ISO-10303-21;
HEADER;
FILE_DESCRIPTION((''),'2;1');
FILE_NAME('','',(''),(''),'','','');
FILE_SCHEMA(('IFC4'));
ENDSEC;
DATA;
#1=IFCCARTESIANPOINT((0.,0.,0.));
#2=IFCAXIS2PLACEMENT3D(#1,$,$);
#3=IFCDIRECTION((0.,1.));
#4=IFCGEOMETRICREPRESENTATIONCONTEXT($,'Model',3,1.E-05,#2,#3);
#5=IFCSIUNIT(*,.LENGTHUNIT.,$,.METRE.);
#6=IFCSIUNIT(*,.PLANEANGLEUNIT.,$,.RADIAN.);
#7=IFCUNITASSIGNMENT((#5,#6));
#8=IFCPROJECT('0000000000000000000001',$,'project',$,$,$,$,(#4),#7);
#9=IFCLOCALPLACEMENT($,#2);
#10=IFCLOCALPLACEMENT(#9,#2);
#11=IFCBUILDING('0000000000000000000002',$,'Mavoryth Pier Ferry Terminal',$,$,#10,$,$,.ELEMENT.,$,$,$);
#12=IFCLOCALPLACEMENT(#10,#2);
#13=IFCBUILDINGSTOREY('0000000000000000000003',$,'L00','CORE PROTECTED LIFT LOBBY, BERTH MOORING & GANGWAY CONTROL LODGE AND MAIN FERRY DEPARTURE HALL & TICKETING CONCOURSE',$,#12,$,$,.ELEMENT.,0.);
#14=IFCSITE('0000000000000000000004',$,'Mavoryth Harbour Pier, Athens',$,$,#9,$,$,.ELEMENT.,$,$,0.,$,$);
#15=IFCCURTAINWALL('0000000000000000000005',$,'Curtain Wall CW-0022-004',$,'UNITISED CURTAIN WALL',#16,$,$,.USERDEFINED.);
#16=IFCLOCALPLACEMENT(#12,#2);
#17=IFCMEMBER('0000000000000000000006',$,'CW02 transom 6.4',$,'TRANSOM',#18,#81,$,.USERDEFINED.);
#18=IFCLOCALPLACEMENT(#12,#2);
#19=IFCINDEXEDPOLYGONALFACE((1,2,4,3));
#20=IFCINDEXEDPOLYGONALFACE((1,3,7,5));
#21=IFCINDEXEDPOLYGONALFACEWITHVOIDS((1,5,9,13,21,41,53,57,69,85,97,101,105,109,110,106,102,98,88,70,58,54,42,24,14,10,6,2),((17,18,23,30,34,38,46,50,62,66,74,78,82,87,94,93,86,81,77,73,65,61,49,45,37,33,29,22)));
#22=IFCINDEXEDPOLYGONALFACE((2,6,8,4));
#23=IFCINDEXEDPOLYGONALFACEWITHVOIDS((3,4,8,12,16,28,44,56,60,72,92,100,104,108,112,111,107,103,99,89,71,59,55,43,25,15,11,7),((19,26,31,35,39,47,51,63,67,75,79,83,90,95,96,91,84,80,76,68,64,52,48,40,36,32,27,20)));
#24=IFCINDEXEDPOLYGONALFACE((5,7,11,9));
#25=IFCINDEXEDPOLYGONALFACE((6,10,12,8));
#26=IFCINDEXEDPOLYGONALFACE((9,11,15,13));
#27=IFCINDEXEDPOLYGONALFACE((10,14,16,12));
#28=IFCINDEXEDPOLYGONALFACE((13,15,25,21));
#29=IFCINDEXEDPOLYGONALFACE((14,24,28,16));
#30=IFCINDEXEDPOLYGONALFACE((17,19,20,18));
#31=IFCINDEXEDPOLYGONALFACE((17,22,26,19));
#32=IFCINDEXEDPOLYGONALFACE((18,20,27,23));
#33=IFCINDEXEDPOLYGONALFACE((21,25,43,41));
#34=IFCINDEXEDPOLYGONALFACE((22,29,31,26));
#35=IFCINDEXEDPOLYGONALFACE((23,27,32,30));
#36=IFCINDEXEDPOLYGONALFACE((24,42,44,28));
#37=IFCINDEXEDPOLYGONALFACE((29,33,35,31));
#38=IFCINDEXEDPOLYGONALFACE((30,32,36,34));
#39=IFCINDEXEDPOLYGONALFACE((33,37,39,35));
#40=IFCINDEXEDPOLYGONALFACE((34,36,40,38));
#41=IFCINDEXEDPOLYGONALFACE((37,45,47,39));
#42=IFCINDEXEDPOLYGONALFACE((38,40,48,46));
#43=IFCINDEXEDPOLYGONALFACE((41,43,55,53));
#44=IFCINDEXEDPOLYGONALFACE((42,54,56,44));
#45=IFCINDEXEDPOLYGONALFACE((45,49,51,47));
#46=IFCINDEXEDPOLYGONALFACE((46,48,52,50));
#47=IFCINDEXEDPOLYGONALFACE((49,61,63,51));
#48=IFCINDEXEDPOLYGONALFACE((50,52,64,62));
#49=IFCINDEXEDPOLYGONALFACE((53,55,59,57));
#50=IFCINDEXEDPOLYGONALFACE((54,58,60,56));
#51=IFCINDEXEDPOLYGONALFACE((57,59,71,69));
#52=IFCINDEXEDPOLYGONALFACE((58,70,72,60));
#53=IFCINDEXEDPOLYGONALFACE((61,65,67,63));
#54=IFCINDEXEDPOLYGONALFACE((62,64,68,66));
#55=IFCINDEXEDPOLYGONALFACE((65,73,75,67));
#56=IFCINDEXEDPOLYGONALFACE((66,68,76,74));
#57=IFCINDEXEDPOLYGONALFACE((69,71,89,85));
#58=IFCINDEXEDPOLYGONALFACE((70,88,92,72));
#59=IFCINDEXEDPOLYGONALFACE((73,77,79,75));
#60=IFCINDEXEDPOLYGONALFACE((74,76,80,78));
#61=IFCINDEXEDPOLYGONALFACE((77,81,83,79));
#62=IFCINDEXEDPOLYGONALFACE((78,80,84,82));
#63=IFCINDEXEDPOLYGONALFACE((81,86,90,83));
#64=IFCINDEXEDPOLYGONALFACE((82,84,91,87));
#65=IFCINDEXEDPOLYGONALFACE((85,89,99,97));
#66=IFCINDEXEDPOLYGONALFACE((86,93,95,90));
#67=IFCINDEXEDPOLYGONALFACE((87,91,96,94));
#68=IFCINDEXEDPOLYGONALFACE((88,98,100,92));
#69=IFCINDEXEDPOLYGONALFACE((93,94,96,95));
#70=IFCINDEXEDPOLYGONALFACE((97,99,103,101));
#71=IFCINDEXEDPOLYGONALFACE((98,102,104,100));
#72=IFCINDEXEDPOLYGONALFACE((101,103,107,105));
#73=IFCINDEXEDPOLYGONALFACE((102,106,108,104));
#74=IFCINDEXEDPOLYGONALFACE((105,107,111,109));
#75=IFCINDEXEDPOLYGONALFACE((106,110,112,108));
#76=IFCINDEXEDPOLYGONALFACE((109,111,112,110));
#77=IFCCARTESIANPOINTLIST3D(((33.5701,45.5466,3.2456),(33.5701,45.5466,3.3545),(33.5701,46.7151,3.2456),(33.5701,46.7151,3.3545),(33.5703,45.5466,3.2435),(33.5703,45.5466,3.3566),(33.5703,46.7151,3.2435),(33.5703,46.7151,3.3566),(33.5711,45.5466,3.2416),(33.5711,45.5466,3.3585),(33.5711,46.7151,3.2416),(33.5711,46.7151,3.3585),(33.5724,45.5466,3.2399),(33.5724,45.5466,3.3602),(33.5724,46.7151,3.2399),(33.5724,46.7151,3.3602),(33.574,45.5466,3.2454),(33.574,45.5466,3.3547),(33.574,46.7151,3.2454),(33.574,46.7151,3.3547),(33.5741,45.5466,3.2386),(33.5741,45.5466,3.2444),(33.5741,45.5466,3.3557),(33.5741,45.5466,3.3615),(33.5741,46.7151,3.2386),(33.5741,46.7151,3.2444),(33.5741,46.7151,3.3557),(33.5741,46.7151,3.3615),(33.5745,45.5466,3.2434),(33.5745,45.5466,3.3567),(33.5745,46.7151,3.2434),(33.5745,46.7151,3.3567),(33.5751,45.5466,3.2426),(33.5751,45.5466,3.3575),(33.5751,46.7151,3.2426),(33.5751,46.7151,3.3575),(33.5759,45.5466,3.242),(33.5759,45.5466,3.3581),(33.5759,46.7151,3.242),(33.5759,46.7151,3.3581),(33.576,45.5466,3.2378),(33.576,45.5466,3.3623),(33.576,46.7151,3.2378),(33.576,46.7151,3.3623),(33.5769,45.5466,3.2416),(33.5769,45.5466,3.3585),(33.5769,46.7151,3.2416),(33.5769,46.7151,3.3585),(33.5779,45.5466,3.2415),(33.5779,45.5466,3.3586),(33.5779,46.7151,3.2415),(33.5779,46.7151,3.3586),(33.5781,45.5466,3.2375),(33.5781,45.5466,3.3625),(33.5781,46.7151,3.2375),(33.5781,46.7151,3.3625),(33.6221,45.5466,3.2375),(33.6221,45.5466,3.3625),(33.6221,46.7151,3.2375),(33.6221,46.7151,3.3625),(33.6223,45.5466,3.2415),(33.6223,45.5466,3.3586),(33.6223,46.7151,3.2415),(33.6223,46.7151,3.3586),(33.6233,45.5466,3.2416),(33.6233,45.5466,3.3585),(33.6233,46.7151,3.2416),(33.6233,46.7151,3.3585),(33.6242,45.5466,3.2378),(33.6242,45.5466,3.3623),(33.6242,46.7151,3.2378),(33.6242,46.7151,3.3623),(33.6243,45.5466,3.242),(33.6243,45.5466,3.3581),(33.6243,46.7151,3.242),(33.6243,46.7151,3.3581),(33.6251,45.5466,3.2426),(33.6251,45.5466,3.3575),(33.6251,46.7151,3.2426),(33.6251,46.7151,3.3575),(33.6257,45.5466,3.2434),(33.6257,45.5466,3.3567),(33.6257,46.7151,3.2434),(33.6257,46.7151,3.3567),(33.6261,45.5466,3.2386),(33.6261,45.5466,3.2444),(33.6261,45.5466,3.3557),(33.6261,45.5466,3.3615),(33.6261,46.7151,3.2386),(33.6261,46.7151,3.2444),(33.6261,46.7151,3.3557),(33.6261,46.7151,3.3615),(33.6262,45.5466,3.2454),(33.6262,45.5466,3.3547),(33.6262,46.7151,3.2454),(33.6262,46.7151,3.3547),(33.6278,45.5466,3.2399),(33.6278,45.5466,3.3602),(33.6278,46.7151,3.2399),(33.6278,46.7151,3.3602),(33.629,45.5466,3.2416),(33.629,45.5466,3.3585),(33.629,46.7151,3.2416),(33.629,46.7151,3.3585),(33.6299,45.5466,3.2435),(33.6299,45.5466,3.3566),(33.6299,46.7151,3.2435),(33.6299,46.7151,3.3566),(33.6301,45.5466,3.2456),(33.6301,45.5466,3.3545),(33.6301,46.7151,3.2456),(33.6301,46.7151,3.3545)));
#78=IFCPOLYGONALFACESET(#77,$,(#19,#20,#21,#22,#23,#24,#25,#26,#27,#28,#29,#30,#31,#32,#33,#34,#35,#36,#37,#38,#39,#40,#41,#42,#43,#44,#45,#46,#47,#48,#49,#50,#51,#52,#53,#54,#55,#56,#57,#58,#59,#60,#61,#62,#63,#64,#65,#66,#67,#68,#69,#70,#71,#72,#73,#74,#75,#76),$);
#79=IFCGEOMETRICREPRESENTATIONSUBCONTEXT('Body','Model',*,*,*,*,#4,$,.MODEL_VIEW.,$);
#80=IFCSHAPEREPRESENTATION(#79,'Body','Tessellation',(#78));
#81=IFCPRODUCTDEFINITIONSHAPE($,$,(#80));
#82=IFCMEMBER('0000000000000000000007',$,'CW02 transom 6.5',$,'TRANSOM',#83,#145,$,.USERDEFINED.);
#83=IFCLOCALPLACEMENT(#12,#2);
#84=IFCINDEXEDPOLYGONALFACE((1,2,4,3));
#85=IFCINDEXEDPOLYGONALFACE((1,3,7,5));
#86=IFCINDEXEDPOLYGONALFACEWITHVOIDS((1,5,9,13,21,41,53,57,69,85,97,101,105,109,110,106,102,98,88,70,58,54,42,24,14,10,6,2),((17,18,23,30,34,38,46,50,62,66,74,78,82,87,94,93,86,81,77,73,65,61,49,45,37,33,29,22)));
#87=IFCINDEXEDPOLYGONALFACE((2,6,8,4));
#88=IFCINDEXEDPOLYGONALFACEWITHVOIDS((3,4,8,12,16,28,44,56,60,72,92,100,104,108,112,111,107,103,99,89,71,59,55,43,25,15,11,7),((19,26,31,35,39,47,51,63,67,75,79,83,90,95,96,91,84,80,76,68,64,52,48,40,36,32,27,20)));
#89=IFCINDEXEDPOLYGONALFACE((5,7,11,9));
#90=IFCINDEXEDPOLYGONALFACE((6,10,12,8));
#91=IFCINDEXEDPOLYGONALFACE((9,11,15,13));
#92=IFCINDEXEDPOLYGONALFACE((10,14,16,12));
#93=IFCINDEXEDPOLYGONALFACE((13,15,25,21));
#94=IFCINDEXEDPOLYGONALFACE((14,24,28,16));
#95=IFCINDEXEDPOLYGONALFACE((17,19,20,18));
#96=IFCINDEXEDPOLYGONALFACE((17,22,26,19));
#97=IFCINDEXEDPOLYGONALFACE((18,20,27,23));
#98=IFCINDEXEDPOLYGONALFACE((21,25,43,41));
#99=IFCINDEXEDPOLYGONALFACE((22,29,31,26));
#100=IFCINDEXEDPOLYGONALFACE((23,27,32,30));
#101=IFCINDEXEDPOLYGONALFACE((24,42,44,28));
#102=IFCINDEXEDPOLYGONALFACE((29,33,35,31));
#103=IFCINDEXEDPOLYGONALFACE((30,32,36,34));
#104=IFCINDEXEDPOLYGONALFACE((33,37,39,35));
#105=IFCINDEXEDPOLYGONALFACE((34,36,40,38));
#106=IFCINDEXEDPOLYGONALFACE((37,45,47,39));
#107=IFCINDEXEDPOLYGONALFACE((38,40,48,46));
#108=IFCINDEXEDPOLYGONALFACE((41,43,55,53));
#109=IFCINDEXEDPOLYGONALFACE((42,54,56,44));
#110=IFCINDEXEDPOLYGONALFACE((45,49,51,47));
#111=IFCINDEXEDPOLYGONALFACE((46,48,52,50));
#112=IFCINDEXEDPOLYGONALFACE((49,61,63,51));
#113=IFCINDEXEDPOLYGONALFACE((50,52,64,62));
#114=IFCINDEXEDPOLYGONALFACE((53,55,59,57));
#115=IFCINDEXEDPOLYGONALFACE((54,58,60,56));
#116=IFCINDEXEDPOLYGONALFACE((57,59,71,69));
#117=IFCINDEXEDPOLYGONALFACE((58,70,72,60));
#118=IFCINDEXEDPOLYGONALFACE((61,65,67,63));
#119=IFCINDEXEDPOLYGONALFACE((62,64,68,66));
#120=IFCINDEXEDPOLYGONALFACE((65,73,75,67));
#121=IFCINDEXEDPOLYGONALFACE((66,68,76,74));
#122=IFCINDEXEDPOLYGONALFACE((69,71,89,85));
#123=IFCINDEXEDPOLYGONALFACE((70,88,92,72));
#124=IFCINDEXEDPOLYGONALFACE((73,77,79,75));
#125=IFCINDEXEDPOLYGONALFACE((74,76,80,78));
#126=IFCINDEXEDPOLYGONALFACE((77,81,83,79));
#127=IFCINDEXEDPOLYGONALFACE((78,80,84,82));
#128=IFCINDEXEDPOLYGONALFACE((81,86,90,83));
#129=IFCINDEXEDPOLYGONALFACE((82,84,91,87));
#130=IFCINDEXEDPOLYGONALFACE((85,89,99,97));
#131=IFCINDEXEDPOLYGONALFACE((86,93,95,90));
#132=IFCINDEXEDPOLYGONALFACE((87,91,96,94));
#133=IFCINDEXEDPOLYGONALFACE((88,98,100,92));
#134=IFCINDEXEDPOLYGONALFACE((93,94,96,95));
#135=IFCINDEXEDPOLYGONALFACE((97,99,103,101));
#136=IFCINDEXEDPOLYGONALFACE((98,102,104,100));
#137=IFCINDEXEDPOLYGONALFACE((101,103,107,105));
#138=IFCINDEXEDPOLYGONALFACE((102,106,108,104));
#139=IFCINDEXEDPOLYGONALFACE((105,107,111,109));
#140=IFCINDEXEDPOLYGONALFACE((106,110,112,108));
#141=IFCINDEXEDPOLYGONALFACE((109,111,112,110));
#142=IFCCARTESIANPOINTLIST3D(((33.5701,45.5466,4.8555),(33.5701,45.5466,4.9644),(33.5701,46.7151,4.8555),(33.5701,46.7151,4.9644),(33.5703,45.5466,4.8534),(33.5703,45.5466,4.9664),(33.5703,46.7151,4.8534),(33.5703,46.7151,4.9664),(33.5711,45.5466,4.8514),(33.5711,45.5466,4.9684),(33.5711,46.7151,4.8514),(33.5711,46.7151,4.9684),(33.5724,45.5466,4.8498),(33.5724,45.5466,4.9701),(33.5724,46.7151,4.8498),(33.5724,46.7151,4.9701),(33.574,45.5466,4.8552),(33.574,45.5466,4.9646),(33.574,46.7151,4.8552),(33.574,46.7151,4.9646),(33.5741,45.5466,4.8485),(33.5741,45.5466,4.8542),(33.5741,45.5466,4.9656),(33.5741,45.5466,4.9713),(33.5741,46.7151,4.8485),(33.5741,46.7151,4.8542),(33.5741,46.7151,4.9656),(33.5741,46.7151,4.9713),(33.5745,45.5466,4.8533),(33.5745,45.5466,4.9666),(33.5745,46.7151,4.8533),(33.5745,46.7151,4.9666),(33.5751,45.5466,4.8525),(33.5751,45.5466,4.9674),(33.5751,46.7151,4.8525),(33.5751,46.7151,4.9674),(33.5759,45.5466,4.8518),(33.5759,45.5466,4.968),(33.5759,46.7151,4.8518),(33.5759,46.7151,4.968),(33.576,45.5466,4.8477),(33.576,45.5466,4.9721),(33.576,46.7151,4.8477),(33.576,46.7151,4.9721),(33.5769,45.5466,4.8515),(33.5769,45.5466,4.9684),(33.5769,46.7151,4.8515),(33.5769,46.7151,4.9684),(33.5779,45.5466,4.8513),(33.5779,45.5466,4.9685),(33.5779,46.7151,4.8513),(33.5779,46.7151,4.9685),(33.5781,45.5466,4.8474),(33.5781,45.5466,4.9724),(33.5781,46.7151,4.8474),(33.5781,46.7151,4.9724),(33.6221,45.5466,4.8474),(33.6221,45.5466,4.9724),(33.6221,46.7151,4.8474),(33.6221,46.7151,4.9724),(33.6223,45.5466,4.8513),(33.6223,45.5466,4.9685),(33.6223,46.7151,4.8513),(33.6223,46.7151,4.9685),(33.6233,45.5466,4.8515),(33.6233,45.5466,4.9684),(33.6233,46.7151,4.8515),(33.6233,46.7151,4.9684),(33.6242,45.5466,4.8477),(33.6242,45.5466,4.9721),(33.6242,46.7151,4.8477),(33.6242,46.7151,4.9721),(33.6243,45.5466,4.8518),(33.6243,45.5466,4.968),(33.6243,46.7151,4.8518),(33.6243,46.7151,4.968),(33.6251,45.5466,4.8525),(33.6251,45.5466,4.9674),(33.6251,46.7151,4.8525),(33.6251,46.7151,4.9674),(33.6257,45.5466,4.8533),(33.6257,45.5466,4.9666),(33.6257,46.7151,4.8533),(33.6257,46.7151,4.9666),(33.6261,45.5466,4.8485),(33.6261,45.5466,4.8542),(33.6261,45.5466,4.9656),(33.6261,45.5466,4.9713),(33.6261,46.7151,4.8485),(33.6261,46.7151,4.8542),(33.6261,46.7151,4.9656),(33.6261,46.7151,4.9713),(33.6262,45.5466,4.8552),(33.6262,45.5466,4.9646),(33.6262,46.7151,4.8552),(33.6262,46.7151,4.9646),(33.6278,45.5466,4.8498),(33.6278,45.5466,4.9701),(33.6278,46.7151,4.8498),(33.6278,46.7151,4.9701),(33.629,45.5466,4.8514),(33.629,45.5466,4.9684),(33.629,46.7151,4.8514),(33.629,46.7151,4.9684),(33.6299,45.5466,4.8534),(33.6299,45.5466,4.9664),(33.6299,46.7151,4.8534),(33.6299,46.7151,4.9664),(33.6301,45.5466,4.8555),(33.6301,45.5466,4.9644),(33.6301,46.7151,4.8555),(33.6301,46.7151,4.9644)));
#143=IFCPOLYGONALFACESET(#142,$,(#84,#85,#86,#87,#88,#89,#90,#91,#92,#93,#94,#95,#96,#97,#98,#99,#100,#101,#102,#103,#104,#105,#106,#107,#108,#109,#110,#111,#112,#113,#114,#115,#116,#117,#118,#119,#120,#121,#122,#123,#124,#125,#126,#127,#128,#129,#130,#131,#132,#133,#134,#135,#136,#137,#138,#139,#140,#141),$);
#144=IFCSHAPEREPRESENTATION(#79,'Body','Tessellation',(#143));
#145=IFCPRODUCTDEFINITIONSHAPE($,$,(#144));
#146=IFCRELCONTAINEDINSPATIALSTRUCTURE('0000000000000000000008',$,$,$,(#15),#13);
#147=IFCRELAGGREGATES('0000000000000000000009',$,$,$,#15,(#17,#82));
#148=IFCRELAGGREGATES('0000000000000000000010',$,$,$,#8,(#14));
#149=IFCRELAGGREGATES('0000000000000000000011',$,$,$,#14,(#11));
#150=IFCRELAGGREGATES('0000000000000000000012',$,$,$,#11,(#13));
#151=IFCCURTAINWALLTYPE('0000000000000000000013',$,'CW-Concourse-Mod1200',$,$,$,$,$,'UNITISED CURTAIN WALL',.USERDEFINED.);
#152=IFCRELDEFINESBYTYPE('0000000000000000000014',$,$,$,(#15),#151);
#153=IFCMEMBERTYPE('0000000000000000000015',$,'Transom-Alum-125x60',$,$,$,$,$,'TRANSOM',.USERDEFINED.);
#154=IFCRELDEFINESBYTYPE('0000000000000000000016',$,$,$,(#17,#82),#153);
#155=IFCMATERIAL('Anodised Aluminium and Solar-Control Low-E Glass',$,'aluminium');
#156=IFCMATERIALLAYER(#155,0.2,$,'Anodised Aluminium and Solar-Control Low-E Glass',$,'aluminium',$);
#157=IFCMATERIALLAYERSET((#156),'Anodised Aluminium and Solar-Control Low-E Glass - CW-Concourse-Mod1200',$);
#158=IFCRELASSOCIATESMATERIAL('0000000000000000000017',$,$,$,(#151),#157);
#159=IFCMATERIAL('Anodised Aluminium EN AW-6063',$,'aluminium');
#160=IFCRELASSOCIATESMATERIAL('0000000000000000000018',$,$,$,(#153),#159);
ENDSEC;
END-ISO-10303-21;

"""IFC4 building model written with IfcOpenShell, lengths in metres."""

from ifc_helpers import new_model, si_unit, direction, frame, origin, origin_2d, place, context, subcontext, project, spatial, hollow_rectangle, extrude, material, layer, layer_set, material_profile, profile_set, type_object, element, aggregate, save


model = new_model("IFC4")

# Units and contexts
model_context = context("Model", 3, precision=1e-05, world=origin(), true_north=direction((0.0, 1.0)))
body_context = subcontext(model_context, "Body", "Model", "MODEL_VIEW")
ifc_project = project(units=[si_unit("LENGTHUNIT", "METRE"), si_unit("PLANEANGLEUNIT", "RADIAN")], contexts=[model_context])

# Site, building, storey
site_placement = place(None, origin())
site = spatial("IfcSite", under=ifc_project, at=site_placement, Name="Mavoryth Harbour Pier, Athens", CompositionType="ELEMENT", RefElevation=0.0)
building_placement = place(site_placement, origin())
building = spatial("IfcBuilding", under=site, at=building_placement, Name="Mavoryth Pier Ferry Terminal", CompositionType="ELEMENT")
storey_placement = place(building_placement, origin())
storey = spatial("IfcBuildingStorey", under=building, at=storey_placement, Name="L00", Description="CORE PROTECTED LIFT LOBBY, BERTH MOORING & GANGWAY CONTROL LODGE AND MAIN FERRY DEPARTURE HALL & TICKETING CONCOURSE", CompositionType="ELEMENT", Elevation=0.0)

# Curtain wall
ifc_material_1 = material(Name="Anodised Aluminium and Solar-Control Low-E Glass", Category="aluminium")
ifc_layer_1 = layer(ifc_material_1, 0.2, Name="Anodised Aluminium and Solar-Control Low-E Glass", Category="aluminium")
ifc_layer_set_1 = layer_set([ifc_layer_1], Name="Anodised Aluminium and Solar-Control Low-E Glass - CW-Concourse-Mod1200")
curtain_wall_type = type_object("IfcCurtainWallType", Name="CW-Concourse-Mod1200", ElementType="UNITISED CURTAIN WALL", PredefinedType="USERDEFINED", material=ifc_layer_set_1)
curtain_wall_1_placement = place(storey_placement, origin())
curtain_wall_1 = element("IfcCurtainWall", 1, at=curtain_wall_1_placement, inside=storey, type_object=curtain_wall_type, Name="Curtain Wall CW-0022-004", ObjectType="UNITISED CURTAIN WALL", PredefinedType="USERDEFINED")
ifc_material_2 = material(Name="Anodised Aluminium EN AW-6063", Category="aluminium")

# Members
ifc_material_profile_1 = material_profile(ifc_material_2, hollow_rectangle(XDim=0.0601, YDim=0.125, WallThickness=0.0039, InnerFilletRadius=0.0039, OuterFilletRadius=0.0081, at=origin_2d()), Name="AL-TRAN 125x60x4", Category="aluminium")
ifc_profile_set_1 = profile_set([ifc_material_profile_1], Name="Anodised Aluminium EN AW-6063 - AL-TRAN 125x60x4")
member_type_1 = type_object("IfcMemberType", Name="Transom-Alum-125x60", ElementType="TRANSOM", PredefinedType="USERDEFINED", material=ifc_profile_set_1)
member_1_placement = place(storey_placement, frame((33.6001, 45.5466, 3.3), z_axis=(0.0, 1.0, 0.0), x_axis=(-1.0, 0.0, 0.0)))
member_1 = element("IfcMember", 2, at=member_1_placement, type_object=member_type_1, Name="CW02 transom 6.4", ObjectType="TRANSOM", PredefinedType="USERDEFINED", context=body_context, shape_type="SweptSolid", body=[
    extrude(hollow_rectangle(XDim=0.0601, YDim=0.125, WallThickness=0.0039, InnerFilletRadius=0.0039, OuterFilletRadius=0.0081, at=origin_2d()), origin(), (0.0, 0.0, 1.0), 1.1685),
])
member_2_placement = place(storey_placement, frame((33.6001, 45.5466, 4.9099), z_axis=(0.0, 1.0, 0.0), x_axis=(-1.0, 0.0, 0.0)))
member_2 = element("IfcMember", 3, at=member_2_placement, type_object=member_type_1, Name="CW02 transom 6.5", ObjectType="TRANSOM", PredefinedType="USERDEFINED", context=body_context, shape_type="SweptSolid", body=[
    extrude(hollow_rectangle(XDim=0.0601, YDim=0.125, WallThickness=0.0039, InnerFilletRadius=0.0039, OuterFilletRadius=0.0081, at=origin_2d()), origin(), (0.0, 0.0, 1.0), 1.1685),
])

aggregate(curtain_wall_1, [member_1, member_2])

save(model, "model.ifc")
